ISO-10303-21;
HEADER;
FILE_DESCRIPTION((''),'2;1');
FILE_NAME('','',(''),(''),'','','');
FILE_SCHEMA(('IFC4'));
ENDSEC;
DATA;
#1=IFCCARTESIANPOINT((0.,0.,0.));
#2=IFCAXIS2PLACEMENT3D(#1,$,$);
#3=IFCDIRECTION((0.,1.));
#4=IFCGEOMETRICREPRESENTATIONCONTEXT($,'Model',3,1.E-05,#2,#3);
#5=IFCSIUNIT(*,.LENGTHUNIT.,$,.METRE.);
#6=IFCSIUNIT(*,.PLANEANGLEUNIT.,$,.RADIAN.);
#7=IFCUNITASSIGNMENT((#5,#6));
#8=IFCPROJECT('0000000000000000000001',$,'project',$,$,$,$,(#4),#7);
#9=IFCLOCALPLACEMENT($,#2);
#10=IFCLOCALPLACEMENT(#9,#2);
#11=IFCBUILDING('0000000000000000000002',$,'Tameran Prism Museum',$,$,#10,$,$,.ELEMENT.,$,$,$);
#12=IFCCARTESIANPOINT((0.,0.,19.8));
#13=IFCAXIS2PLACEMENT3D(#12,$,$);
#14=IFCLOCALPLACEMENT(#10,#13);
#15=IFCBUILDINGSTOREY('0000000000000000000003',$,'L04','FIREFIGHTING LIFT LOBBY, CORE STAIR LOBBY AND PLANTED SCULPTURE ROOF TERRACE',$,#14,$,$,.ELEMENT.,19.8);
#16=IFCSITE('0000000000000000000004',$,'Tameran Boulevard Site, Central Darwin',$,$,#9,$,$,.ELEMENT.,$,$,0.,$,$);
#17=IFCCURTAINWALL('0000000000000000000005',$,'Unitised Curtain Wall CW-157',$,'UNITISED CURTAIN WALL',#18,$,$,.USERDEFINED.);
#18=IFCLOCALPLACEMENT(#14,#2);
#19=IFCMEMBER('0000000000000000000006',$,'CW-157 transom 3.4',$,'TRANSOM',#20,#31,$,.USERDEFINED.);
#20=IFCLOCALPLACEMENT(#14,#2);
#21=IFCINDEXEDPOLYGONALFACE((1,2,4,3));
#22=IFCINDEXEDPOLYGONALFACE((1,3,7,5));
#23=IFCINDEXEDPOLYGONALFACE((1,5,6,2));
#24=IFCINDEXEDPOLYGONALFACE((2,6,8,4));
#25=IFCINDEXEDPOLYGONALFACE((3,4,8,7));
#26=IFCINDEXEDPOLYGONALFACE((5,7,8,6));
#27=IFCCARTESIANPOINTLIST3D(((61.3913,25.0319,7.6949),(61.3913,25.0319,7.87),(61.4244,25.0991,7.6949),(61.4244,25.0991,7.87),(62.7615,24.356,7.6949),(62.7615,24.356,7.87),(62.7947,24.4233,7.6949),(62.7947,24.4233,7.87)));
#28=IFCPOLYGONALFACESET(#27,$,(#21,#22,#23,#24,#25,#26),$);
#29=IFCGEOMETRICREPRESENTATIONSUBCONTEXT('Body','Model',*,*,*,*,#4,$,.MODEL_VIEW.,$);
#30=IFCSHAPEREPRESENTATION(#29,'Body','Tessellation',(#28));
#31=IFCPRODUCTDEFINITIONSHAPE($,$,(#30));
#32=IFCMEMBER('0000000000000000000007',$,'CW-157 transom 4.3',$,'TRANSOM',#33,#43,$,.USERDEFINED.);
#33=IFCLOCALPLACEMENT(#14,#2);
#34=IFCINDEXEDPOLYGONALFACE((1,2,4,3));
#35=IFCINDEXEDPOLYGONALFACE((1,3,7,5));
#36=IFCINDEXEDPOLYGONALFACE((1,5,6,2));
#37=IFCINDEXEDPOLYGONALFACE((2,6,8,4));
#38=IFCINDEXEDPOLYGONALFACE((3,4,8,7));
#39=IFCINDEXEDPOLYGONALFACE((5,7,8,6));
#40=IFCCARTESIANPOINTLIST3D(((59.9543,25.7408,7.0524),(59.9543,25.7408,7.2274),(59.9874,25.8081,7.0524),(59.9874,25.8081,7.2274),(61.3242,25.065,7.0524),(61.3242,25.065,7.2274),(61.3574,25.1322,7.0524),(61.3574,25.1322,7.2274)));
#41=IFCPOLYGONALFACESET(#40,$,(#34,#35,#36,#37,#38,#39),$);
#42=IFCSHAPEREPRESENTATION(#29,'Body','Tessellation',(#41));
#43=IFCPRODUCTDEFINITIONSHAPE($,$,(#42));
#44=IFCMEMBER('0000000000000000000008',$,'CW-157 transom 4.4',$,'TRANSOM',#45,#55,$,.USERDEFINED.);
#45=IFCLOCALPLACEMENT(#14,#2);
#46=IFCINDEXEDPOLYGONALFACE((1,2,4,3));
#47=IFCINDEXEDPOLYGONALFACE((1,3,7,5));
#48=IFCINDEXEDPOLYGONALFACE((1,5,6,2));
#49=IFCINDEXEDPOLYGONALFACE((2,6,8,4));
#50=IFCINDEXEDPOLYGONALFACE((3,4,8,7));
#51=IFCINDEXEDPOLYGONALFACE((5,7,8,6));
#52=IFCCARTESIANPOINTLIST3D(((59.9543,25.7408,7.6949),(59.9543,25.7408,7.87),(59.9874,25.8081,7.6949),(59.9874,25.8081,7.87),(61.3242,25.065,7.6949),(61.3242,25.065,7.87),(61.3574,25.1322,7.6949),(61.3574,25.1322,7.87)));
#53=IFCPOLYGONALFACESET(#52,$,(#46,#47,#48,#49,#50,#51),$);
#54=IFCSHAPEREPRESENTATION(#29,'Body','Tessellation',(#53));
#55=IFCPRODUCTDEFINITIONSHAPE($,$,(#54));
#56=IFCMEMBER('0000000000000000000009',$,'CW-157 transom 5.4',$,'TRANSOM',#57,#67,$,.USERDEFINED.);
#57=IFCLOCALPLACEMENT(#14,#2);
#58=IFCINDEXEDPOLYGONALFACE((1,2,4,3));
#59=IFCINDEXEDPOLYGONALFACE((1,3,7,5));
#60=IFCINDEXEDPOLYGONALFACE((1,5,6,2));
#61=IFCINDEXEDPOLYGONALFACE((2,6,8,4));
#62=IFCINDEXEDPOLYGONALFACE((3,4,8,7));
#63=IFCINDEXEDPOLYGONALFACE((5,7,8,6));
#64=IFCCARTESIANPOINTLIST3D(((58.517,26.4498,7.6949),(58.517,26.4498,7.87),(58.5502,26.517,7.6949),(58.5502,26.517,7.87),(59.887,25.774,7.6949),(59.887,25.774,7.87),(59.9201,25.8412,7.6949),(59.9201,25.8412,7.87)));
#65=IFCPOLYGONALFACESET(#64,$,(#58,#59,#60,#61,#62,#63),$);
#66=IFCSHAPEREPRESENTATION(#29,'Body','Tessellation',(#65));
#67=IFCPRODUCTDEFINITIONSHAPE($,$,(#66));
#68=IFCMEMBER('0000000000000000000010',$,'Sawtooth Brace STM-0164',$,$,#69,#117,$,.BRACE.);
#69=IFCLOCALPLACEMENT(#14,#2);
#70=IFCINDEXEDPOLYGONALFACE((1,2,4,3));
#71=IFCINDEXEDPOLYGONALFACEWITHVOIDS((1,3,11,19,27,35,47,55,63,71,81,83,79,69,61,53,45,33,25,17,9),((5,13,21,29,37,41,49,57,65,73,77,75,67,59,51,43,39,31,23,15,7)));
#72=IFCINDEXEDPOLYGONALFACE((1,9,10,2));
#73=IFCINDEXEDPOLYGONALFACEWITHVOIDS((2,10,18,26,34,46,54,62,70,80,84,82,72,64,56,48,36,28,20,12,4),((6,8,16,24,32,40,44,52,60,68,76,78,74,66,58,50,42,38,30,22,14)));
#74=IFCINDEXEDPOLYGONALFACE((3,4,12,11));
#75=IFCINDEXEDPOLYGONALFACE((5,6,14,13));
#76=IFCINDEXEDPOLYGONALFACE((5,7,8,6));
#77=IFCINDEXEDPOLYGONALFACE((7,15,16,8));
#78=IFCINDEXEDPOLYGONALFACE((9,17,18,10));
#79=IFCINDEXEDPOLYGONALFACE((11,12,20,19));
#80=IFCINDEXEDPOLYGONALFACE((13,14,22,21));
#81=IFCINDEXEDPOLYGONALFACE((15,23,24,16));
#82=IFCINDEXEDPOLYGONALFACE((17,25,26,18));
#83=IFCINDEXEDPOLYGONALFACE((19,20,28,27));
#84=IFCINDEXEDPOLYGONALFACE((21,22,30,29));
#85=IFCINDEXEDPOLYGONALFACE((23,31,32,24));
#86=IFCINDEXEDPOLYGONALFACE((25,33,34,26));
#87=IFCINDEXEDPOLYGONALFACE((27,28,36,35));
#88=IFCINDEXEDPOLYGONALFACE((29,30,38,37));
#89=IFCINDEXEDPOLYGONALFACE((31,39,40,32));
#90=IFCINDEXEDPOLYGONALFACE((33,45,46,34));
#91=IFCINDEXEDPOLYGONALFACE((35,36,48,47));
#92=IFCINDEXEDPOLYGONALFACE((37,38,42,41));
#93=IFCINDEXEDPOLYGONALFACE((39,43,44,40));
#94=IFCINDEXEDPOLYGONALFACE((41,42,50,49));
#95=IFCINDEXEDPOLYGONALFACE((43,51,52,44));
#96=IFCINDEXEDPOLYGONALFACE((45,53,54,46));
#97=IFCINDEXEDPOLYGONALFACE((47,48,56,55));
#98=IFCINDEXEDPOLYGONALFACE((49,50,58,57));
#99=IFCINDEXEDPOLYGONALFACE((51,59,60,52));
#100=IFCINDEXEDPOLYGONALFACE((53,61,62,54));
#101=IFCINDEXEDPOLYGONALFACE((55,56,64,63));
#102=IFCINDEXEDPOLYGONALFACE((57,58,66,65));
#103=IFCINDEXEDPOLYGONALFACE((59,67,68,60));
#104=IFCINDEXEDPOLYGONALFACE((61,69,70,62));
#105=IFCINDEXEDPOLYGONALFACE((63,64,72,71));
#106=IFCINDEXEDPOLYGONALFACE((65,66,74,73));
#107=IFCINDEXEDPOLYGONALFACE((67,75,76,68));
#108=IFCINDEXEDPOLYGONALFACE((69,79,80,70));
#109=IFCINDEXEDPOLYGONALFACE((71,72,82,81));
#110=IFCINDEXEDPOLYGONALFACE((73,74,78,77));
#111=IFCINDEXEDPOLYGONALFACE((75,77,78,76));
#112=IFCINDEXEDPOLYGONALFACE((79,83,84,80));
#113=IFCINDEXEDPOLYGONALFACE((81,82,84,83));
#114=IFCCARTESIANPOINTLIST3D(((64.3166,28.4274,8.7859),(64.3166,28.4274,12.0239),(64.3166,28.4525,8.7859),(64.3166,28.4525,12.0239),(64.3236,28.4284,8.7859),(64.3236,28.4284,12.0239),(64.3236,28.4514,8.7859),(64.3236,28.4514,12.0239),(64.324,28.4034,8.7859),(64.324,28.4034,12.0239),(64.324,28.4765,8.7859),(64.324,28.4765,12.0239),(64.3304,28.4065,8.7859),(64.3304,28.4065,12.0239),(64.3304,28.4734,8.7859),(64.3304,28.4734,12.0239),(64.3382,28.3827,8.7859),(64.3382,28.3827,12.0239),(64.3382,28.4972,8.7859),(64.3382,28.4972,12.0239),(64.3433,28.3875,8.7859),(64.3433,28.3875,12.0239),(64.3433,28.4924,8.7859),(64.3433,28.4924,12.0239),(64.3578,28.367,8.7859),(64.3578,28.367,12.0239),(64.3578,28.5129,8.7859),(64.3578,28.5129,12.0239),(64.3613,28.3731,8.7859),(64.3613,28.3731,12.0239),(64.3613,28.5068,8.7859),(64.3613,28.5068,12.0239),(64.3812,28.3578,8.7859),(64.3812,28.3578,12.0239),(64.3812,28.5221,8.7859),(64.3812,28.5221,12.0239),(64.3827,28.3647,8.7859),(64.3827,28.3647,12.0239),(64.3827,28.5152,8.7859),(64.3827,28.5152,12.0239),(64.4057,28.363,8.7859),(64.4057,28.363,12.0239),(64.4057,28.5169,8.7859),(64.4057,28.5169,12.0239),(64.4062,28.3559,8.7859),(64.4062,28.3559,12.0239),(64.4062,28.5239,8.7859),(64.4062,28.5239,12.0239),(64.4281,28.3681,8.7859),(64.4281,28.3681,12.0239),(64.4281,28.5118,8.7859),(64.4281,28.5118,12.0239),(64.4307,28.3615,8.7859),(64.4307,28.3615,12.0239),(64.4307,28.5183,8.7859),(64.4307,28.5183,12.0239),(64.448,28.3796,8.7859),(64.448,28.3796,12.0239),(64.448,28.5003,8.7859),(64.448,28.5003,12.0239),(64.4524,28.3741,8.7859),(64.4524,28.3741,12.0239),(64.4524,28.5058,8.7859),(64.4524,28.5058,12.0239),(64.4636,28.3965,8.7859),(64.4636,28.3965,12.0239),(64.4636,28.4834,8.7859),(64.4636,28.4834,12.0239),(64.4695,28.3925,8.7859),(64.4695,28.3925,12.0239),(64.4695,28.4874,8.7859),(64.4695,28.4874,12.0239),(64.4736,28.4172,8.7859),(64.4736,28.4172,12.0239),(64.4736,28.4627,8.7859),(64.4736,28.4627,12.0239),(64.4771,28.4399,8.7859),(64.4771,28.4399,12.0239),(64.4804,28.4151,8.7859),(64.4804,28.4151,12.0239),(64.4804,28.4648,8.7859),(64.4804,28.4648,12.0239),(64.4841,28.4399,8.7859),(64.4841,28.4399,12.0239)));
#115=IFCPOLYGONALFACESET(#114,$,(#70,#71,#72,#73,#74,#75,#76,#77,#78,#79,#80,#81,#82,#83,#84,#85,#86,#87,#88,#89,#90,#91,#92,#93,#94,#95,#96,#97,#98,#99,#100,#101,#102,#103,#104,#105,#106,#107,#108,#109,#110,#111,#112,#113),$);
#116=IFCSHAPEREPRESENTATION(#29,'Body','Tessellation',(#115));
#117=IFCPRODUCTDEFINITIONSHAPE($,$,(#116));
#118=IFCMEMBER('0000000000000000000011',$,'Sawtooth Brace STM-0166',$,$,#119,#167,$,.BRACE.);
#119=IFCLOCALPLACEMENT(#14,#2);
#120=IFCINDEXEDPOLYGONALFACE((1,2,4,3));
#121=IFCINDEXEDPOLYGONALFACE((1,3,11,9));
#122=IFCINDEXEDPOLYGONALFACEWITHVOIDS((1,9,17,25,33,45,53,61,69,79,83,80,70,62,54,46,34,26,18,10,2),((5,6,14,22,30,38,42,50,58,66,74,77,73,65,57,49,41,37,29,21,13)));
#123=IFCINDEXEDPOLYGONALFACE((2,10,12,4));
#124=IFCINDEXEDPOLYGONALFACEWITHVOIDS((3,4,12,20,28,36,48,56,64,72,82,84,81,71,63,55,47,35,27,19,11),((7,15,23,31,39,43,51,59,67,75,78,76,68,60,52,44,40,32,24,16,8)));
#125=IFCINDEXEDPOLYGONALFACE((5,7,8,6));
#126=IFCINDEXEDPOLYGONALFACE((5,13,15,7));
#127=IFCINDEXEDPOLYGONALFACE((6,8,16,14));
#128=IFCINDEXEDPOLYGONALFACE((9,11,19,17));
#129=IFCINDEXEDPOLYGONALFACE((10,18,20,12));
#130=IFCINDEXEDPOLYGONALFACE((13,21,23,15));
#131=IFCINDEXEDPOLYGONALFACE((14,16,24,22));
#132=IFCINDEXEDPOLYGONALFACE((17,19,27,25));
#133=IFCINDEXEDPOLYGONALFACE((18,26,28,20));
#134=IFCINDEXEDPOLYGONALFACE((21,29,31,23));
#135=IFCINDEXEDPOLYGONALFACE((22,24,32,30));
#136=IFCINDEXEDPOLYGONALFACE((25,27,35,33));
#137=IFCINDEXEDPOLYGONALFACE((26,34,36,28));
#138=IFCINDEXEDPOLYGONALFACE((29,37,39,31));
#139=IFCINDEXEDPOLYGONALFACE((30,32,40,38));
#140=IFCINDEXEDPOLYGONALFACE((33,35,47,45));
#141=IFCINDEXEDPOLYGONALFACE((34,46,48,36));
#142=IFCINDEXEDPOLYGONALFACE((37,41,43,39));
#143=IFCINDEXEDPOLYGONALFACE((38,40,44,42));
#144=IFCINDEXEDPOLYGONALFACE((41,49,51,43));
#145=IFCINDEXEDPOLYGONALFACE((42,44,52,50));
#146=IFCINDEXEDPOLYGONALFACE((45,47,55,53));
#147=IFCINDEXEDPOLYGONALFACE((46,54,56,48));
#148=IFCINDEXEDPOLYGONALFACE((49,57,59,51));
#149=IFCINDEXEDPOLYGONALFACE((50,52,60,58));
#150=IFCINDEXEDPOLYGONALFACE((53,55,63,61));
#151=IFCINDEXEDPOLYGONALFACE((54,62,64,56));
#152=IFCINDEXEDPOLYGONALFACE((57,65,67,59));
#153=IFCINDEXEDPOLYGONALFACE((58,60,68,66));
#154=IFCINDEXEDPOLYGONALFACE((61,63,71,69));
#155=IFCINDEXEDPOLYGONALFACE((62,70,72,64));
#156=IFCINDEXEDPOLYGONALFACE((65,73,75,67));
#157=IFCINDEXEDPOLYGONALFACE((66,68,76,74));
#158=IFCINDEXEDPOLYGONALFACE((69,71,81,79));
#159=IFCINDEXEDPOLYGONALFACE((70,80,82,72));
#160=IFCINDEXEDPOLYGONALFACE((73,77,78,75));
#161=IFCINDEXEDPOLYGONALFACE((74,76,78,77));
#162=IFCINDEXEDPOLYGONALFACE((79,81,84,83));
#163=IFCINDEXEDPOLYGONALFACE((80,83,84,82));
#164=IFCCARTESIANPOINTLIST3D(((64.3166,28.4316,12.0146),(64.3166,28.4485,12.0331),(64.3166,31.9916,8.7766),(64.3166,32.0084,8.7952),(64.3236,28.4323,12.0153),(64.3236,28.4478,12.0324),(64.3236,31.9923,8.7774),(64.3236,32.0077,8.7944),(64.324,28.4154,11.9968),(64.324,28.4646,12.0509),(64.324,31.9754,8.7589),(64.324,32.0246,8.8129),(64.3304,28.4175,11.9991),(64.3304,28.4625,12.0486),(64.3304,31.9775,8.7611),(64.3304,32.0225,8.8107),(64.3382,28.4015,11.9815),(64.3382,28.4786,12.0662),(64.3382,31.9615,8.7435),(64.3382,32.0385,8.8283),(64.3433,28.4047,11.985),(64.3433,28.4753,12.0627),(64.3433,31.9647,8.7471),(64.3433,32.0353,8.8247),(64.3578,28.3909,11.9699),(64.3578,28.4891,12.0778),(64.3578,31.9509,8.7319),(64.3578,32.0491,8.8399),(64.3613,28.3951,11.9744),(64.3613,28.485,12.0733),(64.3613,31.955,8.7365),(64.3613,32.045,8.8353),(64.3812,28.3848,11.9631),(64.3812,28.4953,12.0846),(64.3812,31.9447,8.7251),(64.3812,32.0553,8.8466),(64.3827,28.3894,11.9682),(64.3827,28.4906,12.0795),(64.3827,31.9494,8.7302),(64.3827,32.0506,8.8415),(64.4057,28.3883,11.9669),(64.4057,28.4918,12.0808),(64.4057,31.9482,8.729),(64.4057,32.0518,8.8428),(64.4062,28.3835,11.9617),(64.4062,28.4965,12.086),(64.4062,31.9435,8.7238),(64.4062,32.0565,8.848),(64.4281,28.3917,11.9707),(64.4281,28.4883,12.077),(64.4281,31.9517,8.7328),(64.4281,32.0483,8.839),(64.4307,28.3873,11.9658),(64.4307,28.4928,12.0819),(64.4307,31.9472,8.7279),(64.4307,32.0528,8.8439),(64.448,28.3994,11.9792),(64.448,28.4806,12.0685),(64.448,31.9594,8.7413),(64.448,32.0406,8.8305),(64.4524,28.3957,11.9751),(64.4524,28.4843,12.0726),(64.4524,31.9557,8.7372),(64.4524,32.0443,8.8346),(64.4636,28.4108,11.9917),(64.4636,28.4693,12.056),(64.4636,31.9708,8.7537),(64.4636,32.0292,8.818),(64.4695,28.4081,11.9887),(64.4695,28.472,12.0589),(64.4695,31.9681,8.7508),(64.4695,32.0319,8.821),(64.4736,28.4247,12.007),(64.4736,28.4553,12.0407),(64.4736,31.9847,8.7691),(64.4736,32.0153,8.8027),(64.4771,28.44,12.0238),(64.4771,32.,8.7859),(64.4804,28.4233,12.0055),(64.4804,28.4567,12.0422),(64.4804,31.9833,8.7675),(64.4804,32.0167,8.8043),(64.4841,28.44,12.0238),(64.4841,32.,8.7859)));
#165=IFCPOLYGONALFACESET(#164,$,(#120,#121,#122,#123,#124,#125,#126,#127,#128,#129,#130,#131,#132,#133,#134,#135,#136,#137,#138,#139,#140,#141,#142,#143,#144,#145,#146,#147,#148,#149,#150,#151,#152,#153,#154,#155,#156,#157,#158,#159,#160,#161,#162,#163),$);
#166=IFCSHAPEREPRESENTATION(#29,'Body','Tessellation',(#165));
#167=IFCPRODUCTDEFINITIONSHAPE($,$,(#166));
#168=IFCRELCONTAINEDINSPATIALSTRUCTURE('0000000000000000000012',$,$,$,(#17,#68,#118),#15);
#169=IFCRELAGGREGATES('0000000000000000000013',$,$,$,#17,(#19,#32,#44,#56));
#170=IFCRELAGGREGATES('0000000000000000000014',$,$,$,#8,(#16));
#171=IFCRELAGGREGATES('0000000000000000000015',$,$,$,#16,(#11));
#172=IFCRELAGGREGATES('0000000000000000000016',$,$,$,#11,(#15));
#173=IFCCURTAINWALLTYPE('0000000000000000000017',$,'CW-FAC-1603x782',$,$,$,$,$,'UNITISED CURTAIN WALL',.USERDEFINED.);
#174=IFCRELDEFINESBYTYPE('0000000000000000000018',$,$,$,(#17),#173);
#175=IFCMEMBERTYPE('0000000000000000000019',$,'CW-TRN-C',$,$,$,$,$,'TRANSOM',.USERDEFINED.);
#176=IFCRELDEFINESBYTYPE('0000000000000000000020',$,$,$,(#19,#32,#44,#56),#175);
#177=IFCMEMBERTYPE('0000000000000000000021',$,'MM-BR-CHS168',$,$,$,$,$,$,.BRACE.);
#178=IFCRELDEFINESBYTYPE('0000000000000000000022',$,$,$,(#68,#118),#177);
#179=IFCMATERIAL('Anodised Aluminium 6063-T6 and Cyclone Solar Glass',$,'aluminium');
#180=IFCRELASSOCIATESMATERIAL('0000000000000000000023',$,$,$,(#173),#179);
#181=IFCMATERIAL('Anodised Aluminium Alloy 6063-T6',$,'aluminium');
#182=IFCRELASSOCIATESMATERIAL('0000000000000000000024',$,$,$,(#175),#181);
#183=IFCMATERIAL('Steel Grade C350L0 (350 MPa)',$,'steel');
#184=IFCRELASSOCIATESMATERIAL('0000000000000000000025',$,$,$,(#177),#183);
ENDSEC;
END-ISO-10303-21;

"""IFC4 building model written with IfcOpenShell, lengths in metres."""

from ifc_helpers import new_model, si_unit, direction, frame, origin, origin_2d, place, context, subcontext, project, spatial, rectangle, hollow_circle, extrude, material, material_profile, profile_set, type_object, element, aggregate, save


model = new_model("IFC4")

# Units and contexts
model_context = context("Model", 3, precision=1e-05, world=origin(), true_north=direction((0.0, 1.0)))
body_context = subcontext(model_context, "Body", "Model", "MODEL_VIEW")
ifc_project = project(units=[si_unit("LENGTHUNIT", "METRE"), si_unit("PLANEANGLEUNIT", "RADIAN")], contexts=[model_context])

# Site, building, storey
site_placement = place(None, origin())
site = spatial("IfcSite", under=ifc_project, at=site_placement, Name="Tameran Boulevard Site, Central Darwin", CompositionType="ELEMENT", RefElevation=0.0)
building_placement = place(site_placement, origin())
building = spatial("IfcBuilding", under=site, at=building_placement, Name="Tameran Prism Museum", CompositionType="ELEMENT")
storey_placement = place(building_placement, frame((0.0, 0.0, 19.8)))
storey = spatial("IfcBuildingStorey", under=building, at=storey_placement, Name="L04", Description="FIREFIGHTING LIFT LOBBY, CORE STAIR LOBBY AND PLANTED SCULPTURE ROOF TERRACE", CompositionType="ELEMENT", Elevation=19.8)

# Curtain wall, members
ifc_material_1 = material(Name="Anodised Aluminium 6063-T6 and Cyclone Solar Glass", Category="aluminium")
curtain_wall_type = type_object("IfcCurtainWallType", Name="CW-FAC-1603x782", ElementType="UNITISED CURTAIN WALL", PredefinedType="USERDEFINED", material=ifc_material_1)
curtain_wall_placement = place(storey_placement, origin())
curtain_wall = element("IfcCurtainWall", 1, at=curtain_wall_placement, inside=storey, type_object=curtain_wall_type, Name="Unitised Curtain Wall CW-157", ObjectType="UNITISED CURTAIN WALL", PredefinedType="USERDEFINED")
ifc_material_2 = material(Name="Anodised Aluminium Alloy 6063-T6", Category="aluminium")
ifc_material_profile_1 = material_profile(ifc_material_2, rectangle(XDim=0.075, YDim=0.175, at=origin_2d()))
ifc_profile_set_1 = profile_set([ifc_material_profile_1])
member_type_1 = type_object("IfcMemberType", Name="CW-TRN-C", ElementType="TRANSOM", PredefinedType="USERDEFINED", material=ifc_profile_set_1)
member_1_placement = place(storey_placement, frame((62.7781, 24.3896, 7.7825), z_axis=(-0.896843, 0.442349, 0.0), x_axis=(-0.442349, -0.896843, 0.0)))
member_1 = element("IfcMember", 2, at=member_1_placement, type_object=member_type_1, Name="CW-157 transom 3.4", ObjectType="TRANSOM", PredefinedType="USERDEFINED", context=body_context, shape_type="SweptSolid", body=[
    extrude(rectangle(XDim=0.075, YDim=0.175, at=origin_2d()), origin(), (0.0, 0.0, 1.0), 1.5278),
])
member_2_placement = place(storey_placement, frame((61.3408, 25.0986, 7.1399), z_axis=(-0.896812, 0.442412, 0.0), x_axis=(-0.442412, -0.896812, 0.0)))
member_2 = element("IfcMember", 3, at=member_2_placement, type_object=member_type_1, Name="CW-157 transom 4.3", ObjectType="TRANSOM", PredefinedType="USERDEFINED", context=body_context, shape_type="SweptSolid", body=[
    extrude(rectangle(XDim=0.075, YDim=0.175, at=origin_2d()), origin(), (0.0, 0.0, 1.0), 1.5276),
])
member_3_placement = place(storey_placement, frame((61.3408, 25.0986, 7.7825), z_axis=(-0.896812, 0.442412, 0.0), x_axis=(-0.442412, -0.896812, 0.0)))
member_3 = element("IfcMember", 4, at=member_3_placement, type_object=member_type_1, Name="CW-157 transom 4.4", ObjectType="TRANSOM", PredefinedType="USERDEFINED", context=body_context, shape_type="SweptSolid", body=[
    extrude(rectangle(XDim=0.075, YDim=0.175, at=origin_2d()), origin(), (0.0, 0.0, 1.0), 1.5276),
])
member_4_placement = place(storey_placement, frame((59.9036, 25.8076, 7.7825), z_axis=(-0.896812, 0.442412, 0.0), x_axis=(-0.442412, -0.896812, 0.0)))
member_4 = element("IfcMember", 5, at=member_4_placement, type_object=member_type_1, Name="CW-157 transom 5.4", ObjectType="TRANSOM", PredefinedType="USERDEFINED", context=body_context, shape_type="SweptSolid", body=[
    extrude(rectangle(XDim=0.075, YDim=0.175, at=origin_2d()), origin(), (0.0, 0.0, 1.0), 1.5276),
])

# Members
ifc_material_3 = material(Name="Steel Grade C350L0 (350 MPa)", Category="steel")
ifc_material_profile_2 = material_profile(ifc_material_3, hollow_circle(Radius=0.0842, WallThickness=0.0071, at=origin_2d()))
ifc_profile_set_2 = profile_set([ifc_material_profile_2])
member_type_2 = type_object("IfcMemberType", Name="MM-BR-CHS168", PredefinedType="BRACE", material=ifc_profile_set_2)
member_5_placement = place(storey_placement, frame((64.3999, 28.4399, 8.7859), z_axis=(0.0, 0.0, 1.0), x_axis=(1.0, 0.0, 0.0)))
element("IfcMember", 6, at=member_5_placement, inside=storey, type_object=member_type_2, Name="Sawtooth Brace STM-0164", PredefinedType="BRACE", context=body_context, shape_type="SweptSolid", body=[
    extrude(hollow_circle(Radius=0.0842, WallThickness=0.0071, at=origin_2d()), origin(), (0.0, 0.0, 1.0), 3.238),
])
member_6_placement = place(storey_placement, frame((64.3999, 32.0, 8.7859), z_axis=(0.0, -0.739772, 0.672857), x_axis=(1.0, 0.0, 0.0)))
element("IfcMember", 7, at=member_6_placement, inside=storey, type_object=member_type_2, Name="Sawtooth Brace STM-0166", PredefinedType="BRACE", context=body_context, shape_type="SweptSolid", body=[
    extrude(hollow_circle(Radius=0.0842, WallThickness=0.0071, at=origin_2d()), origin(), (0.0, 0.0, 1.0), 4.8123),
])

aggregate(curtain_wall, [member_1, member_2, member_3, member_4])

save(model, "model.ifc")
